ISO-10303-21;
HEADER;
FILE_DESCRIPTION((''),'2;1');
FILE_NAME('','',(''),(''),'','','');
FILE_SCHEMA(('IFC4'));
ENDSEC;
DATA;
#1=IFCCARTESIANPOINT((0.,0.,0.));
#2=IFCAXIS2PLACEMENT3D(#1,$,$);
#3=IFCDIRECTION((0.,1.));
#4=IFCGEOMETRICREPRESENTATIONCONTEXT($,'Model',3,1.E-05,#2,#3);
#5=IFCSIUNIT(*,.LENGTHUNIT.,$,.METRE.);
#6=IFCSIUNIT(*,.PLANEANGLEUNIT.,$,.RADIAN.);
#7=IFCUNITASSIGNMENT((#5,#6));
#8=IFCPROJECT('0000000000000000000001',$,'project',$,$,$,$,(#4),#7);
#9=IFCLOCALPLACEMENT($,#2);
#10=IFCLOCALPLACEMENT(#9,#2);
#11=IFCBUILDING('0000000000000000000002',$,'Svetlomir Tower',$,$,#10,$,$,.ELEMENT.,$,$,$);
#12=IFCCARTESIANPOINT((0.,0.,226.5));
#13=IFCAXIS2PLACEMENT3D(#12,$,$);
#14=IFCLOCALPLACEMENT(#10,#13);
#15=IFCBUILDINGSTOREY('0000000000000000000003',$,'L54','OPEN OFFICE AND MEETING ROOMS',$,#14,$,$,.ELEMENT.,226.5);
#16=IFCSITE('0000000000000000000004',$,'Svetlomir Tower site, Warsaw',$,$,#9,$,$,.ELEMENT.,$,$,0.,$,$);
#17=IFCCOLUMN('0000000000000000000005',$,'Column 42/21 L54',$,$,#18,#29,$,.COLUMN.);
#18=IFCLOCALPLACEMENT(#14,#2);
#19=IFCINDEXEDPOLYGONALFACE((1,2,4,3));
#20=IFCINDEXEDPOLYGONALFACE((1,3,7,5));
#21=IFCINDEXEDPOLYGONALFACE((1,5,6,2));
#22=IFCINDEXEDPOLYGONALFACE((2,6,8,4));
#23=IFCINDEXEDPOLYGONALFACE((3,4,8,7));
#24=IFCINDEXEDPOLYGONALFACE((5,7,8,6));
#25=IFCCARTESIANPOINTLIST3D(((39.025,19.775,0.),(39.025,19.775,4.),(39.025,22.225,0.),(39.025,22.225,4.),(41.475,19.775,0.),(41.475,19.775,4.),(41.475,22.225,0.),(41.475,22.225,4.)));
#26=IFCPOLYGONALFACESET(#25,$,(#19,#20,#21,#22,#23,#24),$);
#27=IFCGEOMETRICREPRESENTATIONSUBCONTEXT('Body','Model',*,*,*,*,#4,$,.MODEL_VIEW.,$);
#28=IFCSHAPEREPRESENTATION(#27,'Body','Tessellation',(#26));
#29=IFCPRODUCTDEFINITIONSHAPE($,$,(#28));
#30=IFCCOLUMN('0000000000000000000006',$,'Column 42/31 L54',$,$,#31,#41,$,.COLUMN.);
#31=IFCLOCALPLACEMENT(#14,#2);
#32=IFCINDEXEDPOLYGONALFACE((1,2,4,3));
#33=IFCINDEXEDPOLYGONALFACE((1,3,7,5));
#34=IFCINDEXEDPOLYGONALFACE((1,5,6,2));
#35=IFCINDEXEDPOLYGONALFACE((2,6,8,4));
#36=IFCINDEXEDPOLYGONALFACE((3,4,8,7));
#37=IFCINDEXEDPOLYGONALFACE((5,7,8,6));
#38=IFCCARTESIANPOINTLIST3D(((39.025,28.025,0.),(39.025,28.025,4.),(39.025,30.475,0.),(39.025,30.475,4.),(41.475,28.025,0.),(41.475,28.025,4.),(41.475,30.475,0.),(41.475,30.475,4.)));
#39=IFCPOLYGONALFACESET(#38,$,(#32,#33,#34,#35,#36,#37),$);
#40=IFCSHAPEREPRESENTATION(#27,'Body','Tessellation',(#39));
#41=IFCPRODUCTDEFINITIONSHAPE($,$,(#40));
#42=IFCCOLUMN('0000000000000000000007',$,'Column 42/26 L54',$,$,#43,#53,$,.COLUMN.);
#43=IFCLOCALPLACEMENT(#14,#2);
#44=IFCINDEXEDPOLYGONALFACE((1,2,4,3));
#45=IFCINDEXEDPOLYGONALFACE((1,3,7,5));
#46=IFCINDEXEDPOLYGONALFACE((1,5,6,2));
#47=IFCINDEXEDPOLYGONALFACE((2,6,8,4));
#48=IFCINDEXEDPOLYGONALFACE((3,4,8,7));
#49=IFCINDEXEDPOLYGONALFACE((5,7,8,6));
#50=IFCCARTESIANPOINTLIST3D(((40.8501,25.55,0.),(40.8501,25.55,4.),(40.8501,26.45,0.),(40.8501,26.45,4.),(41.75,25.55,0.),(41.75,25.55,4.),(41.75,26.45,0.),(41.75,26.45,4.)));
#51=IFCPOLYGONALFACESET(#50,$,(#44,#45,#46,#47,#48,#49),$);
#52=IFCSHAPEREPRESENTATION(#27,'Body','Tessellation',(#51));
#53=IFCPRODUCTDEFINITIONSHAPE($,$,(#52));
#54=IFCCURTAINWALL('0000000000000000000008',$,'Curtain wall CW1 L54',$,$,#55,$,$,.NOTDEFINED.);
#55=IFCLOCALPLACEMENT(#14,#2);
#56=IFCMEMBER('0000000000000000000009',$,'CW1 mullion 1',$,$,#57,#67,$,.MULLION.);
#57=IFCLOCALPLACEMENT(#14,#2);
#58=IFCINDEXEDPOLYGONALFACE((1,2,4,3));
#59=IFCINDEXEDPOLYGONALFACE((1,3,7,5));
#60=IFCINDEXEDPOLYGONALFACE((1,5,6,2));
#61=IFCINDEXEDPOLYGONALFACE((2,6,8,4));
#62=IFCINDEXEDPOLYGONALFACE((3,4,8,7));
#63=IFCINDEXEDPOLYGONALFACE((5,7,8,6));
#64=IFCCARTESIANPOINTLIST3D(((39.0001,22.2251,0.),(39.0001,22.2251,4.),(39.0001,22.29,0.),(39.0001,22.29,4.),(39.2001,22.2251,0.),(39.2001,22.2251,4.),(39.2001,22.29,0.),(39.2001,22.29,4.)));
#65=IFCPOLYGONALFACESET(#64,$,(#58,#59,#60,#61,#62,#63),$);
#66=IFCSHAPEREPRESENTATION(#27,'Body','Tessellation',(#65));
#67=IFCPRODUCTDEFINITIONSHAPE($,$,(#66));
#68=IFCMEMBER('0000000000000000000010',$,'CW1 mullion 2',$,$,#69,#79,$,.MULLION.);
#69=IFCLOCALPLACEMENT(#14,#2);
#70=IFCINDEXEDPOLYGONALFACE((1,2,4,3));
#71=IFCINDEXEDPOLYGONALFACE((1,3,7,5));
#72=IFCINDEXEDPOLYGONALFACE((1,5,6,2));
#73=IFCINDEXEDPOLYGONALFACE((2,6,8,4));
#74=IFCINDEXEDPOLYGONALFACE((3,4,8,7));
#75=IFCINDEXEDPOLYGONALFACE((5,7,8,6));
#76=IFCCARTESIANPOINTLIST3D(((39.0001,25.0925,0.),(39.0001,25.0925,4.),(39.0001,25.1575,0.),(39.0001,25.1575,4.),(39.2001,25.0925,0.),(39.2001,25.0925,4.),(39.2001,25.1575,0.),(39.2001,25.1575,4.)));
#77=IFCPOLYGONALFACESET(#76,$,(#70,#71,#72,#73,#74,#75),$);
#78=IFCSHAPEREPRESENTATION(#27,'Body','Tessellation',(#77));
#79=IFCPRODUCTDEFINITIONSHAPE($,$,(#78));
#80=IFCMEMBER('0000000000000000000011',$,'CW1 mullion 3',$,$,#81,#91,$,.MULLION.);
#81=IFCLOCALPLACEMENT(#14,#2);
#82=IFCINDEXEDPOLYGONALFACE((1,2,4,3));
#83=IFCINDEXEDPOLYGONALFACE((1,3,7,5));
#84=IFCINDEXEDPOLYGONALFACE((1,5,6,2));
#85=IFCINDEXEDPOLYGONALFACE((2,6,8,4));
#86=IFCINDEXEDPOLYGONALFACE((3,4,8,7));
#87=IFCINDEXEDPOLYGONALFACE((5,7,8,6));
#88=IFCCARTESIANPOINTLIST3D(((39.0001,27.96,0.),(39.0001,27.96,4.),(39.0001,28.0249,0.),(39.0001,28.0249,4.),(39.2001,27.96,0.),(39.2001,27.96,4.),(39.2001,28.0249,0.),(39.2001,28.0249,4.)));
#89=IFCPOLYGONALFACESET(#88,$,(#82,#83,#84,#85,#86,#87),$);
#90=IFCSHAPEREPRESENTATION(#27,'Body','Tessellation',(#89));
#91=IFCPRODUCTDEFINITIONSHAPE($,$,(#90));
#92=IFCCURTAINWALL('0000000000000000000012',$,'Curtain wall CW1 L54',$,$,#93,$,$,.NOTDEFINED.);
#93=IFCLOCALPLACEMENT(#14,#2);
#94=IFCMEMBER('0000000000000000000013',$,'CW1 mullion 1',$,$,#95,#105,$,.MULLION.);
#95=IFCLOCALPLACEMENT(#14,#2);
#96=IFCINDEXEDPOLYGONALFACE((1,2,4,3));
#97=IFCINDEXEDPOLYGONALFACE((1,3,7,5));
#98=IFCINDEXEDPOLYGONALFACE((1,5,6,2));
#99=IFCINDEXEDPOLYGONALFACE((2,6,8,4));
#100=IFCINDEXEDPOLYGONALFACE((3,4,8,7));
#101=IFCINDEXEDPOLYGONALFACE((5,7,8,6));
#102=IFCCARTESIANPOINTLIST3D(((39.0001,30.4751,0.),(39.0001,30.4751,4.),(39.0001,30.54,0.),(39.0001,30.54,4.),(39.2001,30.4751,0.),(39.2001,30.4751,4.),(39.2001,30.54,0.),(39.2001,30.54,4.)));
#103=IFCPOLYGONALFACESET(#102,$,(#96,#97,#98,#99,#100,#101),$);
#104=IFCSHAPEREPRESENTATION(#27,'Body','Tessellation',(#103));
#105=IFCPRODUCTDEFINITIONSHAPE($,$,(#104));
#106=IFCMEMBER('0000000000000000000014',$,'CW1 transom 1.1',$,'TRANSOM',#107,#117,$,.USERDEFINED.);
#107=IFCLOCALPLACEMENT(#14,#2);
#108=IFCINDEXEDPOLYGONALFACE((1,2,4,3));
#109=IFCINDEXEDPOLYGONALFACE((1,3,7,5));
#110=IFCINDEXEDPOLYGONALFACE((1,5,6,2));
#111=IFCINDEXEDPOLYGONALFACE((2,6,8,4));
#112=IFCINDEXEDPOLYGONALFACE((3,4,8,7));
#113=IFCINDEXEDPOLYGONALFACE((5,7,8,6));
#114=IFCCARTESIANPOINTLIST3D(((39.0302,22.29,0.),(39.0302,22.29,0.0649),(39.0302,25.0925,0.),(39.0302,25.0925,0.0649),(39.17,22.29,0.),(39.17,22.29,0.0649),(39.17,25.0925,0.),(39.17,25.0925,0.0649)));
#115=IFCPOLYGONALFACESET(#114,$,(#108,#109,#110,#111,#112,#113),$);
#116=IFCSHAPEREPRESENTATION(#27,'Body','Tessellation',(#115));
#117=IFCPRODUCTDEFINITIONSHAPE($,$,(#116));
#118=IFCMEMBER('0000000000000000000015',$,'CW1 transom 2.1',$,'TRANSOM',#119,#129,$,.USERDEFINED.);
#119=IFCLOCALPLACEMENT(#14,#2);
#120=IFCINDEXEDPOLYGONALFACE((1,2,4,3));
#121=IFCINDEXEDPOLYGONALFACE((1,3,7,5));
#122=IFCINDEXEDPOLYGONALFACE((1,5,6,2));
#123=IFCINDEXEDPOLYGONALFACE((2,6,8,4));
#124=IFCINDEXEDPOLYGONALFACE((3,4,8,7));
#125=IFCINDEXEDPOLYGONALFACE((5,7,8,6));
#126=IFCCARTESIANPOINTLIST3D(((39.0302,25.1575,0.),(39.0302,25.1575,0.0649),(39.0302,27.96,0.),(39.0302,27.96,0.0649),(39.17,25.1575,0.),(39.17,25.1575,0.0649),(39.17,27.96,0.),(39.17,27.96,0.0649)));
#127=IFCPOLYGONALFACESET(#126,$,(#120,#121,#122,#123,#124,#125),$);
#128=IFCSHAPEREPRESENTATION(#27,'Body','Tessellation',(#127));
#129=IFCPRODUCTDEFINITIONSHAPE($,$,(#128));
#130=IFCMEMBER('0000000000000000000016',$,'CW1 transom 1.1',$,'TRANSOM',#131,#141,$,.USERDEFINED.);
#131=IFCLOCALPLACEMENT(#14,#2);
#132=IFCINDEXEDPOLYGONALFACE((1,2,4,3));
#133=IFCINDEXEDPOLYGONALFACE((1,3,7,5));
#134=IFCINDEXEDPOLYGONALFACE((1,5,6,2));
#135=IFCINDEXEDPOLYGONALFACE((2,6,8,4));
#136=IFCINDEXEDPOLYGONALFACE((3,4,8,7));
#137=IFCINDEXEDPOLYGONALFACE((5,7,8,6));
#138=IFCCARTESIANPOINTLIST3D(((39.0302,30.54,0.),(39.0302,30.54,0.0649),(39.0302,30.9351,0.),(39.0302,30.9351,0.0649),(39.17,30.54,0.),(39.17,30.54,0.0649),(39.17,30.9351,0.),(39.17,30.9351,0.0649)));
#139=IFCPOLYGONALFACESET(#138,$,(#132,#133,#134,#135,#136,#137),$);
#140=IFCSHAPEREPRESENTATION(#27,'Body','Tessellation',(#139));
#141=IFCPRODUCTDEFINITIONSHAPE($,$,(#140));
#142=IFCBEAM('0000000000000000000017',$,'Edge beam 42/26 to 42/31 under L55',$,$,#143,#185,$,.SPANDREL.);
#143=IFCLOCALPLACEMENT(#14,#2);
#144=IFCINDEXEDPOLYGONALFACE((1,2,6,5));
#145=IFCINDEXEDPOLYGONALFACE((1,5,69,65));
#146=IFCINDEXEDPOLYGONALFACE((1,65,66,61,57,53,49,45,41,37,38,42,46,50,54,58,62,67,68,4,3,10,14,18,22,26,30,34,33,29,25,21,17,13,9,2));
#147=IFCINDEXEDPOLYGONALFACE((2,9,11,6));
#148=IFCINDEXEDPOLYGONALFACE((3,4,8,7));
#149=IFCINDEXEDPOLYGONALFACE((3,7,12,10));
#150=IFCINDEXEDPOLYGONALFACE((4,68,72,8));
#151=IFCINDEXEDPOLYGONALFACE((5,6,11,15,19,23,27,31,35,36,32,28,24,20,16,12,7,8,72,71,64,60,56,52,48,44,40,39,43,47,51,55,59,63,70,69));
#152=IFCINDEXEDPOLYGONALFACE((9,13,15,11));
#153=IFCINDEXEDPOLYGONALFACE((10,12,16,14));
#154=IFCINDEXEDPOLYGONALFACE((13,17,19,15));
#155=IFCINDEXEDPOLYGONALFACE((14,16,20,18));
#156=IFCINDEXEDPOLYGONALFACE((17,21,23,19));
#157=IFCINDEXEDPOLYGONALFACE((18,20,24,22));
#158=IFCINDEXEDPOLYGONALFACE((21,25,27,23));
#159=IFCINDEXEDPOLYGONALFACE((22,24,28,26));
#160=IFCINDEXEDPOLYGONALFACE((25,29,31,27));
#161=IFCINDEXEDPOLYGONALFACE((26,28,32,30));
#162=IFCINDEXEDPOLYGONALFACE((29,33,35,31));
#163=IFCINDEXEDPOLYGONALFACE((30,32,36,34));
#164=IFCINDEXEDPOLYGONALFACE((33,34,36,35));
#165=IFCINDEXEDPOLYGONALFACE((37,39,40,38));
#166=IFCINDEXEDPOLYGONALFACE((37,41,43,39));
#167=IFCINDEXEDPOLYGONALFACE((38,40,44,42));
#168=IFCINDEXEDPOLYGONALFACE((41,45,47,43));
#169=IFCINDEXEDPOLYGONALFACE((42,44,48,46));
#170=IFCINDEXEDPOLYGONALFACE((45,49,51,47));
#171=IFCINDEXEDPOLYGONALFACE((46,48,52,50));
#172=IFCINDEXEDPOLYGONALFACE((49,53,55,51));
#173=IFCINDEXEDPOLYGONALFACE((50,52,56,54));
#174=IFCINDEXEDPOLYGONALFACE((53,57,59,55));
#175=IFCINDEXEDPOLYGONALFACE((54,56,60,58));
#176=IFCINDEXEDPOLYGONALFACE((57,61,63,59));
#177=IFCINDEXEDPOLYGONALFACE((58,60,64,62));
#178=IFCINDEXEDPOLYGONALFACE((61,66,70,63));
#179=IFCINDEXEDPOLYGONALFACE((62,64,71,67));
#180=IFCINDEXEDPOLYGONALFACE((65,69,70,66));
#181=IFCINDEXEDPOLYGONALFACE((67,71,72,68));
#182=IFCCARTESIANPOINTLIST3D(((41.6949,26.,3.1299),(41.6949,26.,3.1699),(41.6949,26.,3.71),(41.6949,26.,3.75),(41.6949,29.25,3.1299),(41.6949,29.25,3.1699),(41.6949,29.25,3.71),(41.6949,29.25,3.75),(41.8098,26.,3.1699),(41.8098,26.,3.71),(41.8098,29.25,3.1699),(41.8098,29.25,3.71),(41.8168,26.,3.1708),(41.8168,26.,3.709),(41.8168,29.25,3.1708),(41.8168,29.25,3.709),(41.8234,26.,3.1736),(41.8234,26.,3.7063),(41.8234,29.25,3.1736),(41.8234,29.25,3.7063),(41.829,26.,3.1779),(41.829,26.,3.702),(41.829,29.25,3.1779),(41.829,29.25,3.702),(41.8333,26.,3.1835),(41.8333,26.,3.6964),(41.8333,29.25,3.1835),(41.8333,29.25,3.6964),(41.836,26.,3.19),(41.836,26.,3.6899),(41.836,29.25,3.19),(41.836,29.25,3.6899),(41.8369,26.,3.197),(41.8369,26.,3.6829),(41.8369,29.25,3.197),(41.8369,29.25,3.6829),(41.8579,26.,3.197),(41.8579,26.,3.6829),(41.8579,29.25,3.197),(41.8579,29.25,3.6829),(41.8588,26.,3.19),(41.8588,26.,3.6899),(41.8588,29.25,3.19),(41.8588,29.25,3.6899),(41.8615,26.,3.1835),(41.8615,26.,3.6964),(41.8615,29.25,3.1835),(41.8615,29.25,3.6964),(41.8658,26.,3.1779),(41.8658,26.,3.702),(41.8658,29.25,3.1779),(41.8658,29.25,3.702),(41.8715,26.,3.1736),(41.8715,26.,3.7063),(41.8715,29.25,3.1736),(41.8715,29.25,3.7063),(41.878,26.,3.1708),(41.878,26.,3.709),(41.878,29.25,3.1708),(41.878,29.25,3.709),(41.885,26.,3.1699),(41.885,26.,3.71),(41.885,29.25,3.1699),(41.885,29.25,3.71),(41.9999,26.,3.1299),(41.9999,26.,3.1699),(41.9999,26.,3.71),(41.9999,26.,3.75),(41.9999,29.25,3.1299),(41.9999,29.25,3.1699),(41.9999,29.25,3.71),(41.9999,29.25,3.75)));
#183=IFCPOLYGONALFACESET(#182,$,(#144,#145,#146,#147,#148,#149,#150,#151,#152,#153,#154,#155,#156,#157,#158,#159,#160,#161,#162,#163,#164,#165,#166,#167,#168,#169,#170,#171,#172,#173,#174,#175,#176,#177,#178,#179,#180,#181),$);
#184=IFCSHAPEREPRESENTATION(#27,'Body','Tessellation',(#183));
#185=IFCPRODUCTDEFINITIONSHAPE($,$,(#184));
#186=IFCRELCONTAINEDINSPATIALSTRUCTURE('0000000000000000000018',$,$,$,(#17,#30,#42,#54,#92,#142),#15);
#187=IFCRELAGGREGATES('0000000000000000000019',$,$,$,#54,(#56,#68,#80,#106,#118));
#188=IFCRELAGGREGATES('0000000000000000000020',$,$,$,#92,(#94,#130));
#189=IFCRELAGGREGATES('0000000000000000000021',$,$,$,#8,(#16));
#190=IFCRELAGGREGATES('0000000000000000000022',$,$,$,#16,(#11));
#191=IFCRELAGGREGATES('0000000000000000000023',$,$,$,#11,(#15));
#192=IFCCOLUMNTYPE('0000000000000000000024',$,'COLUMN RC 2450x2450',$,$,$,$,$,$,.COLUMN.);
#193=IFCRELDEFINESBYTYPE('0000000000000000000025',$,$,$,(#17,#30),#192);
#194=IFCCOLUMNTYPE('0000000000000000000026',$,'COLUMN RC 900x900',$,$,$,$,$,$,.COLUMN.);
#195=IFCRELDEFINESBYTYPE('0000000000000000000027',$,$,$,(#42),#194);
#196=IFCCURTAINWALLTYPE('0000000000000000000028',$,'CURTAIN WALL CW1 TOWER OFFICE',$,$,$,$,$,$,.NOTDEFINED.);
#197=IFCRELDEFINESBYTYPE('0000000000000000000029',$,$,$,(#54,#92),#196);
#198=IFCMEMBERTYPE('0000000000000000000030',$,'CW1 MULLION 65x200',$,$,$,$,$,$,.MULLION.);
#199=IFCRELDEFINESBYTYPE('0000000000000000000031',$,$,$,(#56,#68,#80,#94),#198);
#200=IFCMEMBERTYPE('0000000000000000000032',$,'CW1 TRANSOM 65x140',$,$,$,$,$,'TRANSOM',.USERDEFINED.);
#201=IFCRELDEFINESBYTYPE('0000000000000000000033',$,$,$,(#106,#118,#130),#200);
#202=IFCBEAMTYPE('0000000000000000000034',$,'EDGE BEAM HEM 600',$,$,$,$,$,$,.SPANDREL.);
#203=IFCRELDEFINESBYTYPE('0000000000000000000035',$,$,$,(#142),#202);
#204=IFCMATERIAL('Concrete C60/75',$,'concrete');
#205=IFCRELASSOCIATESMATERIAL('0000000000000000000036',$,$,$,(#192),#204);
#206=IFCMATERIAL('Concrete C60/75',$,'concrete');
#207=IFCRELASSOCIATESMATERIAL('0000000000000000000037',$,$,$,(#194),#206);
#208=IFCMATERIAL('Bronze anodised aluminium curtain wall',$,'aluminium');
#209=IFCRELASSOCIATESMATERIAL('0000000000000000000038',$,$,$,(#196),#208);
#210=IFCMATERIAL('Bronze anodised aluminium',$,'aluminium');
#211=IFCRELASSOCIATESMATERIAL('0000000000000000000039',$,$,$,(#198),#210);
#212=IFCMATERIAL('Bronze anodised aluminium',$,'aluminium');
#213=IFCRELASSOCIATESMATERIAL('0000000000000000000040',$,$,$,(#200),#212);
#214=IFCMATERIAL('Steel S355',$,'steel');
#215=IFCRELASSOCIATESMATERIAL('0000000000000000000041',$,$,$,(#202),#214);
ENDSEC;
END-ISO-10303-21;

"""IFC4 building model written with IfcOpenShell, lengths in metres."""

from ifc_helpers import new_model, si_unit, direction, frame, origin, origin_2d, place, context, subcontext, project, spatial, rectangle, i_section, extrude, material, material_profile, profile_set, type_object, element, aggregate, save


model = new_model("IFC4")

# Units and contexts
model_context = context("Model", 3, precision=1e-05, world=origin(), true_north=direction((0.0, 1.0)))
body_context = subcontext(model_context, "Body", "Model", "MODEL_VIEW")
ifc_project = project(units=[si_unit("LENGTHUNIT", "METRE"), si_unit("PLANEANGLEUNIT", "RADIAN")], contexts=[model_context])

# Site, building, storey
site_placement = place(None, origin())
site = spatial("IfcSite", under=ifc_project, at=site_placement, Name="Svetlomir Tower site, Warsaw", CompositionType="ELEMENT", RefElevation=0.0)
building_placement = place(site_placement, origin())
building = spatial("IfcBuilding", under=site, at=building_placement, Name="Svetlomir Tower", CompositionType="ELEMENT")
storey_placement = place(building_placement, frame((0.0, 0.0, 226.5)))
storey = spatial("IfcBuildingStorey", under=building, at=storey_placement, Name="L54", Description="OPEN OFFICE AND MEETING ROOMS", CompositionType="ELEMENT", Elevation=226.5)

# Columns
ifc_material_1 = material(Name="Concrete C60/75", Category="concrete")
ifc_material_profile_1 = material_profile(ifc_material_1, rectangle(XDim=2.45, YDim=2.45, at=origin_2d()), Name="RC 2450x2450")
ifc_profile_set_1 = profile_set([ifc_material_profile_1], Name="Concrete C60/75")
column_type_1 = type_object("IfcColumnType", Name="COLUMN RC 2450x2450", PredefinedType="COLUMN", material=ifc_profile_set_1)
for number, where, z_axis, x_axis, name in (
    (1, (40.25, 21.0, 0.0), (0.0, 0.0, 1.0), (1.0, 0.0, 0.0), "Column 42/21 L54"),
    (2, (40.25, 29.25, 0.0), (0.0, 0.0, 1.0), (1.0, 0.0, 0.0), "Column 42/31 L54"),
):
    element("IfcColumn", number, at=place(storey_placement, frame(where, z_axis=z_axis, x_axis=x_axis)), inside=storey, type_object=column_type_1, Name=name, PredefinedType="COLUMN", context=body_context, shape_type="SweptSolid", body=[
        extrude(rectangle(XDim=2.45, YDim=2.45, at=origin_2d()), origin(), (0.0, 0.0, 1.0), 4.0),
    ])
ifc_material_2 = material(Name="Concrete C60/75", Category="concrete")
ifc_material_profile_2 = material_profile(ifc_material_2, rectangle(XDim=0.8999, YDim=0.8999, at=origin_2d()), Name="RC 900x900")
ifc_profile_set_2 = profile_set([ifc_material_profile_2], Name="Concrete C60/75")
column_type_2 = type_object("IfcColumnType", Name="COLUMN RC 900x900", PredefinedType="COLUMN", material=ifc_profile_set_2)
column_placement = place(storey_placement, frame((41.3, 26.0, 0.0), z_axis=(0.0, 0.0, 1.0), x_axis=(1.0, 0.0, 0.0)))
element("IfcColumn", 3, at=column_placement, inside=storey, type_object=column_type_2, Name="Column 42/26 L54", PredefinedType="COLUMN", context=body_context, shape_type="SweptSolid", body=[
    extrude(rectangle(XDim=0.8999, YDim=0.8999, at=origin_2d()), origin(), (0.0, 0.0, 1.0), 4.0),
])

# Curtain wall, members
ifc_material_3 = material(Name="Bronze anodised aluminium curtain wall", Category="aluminium")
curtain_wall_type = type_object("IfcCurtainWallType", Name="CURTAIN WALL CW1 TOWER OFFICE", PredefinedType="NOTDEFINED", material=ifc_material_3)
curtain_wall_1_placement = place(storey_placement, origin())
curtain_wall_1 = element("IfcCurtainWall", 4, at=curtain_wall_1_placement, inside=storey, type_object=curtain_wall_type, Name="Curtain wall CW1 L54", PredefinedType="NOTDEFINED")
ifc_material_4 = material(Name="Bronze anodised aluminium", Category="aluminium")
ifc_material_profile_3 = material_profile(ifc_material_4, rectangle(XDim=0.0649, YDim=0.2, at=origin_2d()), Name="AL 65x200")
ifc_profile_set_3 = profile_set([ifc_material_profile_3], Name="Bronze anodised aluminium 6063-T6")
member_type_1 = type_object("IfcMemberType", Name="CW1 MULLION 65x200", PredefinedType="MULLION", material=ifc_profile_set_3)
member_1_placement = place(storey_placement, frame((39.1001, 22.2576, 0.0), z_axis=(0.0, 0.0, 1.0), x_axis=(0.0, 1.0, 0.0)))
member_1 = element("IfcMember", 5, at=member_1_placement, type_object=member_type_1, Name="CW1 mullion 1", PredefinedType="MULLION", context=body_context, shape_type="SweptSolid", body=[
    extrude(rectangle(XDim=0.0649, YDim=0.2, at=origin_2d()), origin(), (0.0, 0.0, 1.0), 4.0),
])
member_2_placement = place(storey_placement, frame((39.1001, 25.125, 0.0), z_axis=(0.0, 0.0, 1.0), x_axis=(0.0, 1.0, 0.0)))
member_2 = element("IfcMember", 6, at=member_2_placement, type_object=member_type_1, Name="CW1 mullion 2", PredefinedType="MULLION", context=body_context, shape_type="SweptSolid", body=[
    extrude(rectangle(XDim=0.0649, YDim=0.2, at=origin_2d()), origin(), (0.0, 0.0, 1.0), 4.0),
])
member_3_placement = place(storey_placement, frame((39.1001, 27.9924, 0.0), z_axis=(0.0, 0.0, 1.0), x_axis=(0.0, 1.0, 0.0)))
member_3 = element("IfcMember", 7, at=member_3_placement, type_object=member_type_1, Name="CW1 mullion 3", PredefinedType="MULLION", context=body_context, shape_type="SweptSolid", body=[
    extrude(rectangle(XDim=0.0649, YDim=0.2, at=origin_2d()), origin(), (0.0, 0.0, 1.0), 4.0),
])

# Curtain wall, member
curtain_wall_2_placement = place(storey_placement, origin())
curtain_wall_2 = element("IfcCurtainWall", 8, at=curtain_wall_2_placement, inside=storey, type_object=curtain_wall_type, Name="Curtain wall CW1 L54", PredefinedType="NOTDEFINED")
member_4_placement = place(storey_placement, frame((39.1001, 30.5076, 0.0), z_axis=(0.0, 0.0, 1.0), x_axis=(0.0, 1.0, 0.0)))
member_4 = element("IfcMember", 9, at=member_4_placement, type_object=member_type_1, Name="CW1 mullion 1", PredefinedType="MULLION", context=body_context, shape_type="SweptSolid", body=[
    extrude(rectangle(XDim=0.0649, YDim=0.2, at=origin_2d()), origin(), (0.0, 0.0, 1.0), 4.0),
])

# Members
ifc_material_5 = material(Name="Bronze anodised aluminium", Category="aluminium")
ifc_material_profile_4 = material_profile(ifc_material_5, rectangle(XDim=0.1399, YDim=0.0649, at=origin_2d()), Name="AL 140x65")
ifc_profile_set_4 = profile_set([ifc_material_profile_4], Name="Bronze anodised aluminium 6063-T6")
member_type_2 = type_object("IfcMemberType", Name="CW1 TRANSOM 65x140", ElementType="TRANSOM", PredefinedType="USERDEFINED", material=ifc_profile_set_4)
member_5_placement = place(storey_placement, frame((39.1001, 22.29, 0.0325), z_axis=(0.0, 1.0, 0.0), x_axis=(-1.0, 0.0, 0.0)))
member_5 = element("IfcMember", 10, at=member_5_placement, type_object=member_type_2, Name="CW1 transom 1.1", ObjectType="TRANSOM", PredefinedType="USERDEFINED", context=body_context, shape_type="SweptSolid", body=[
    extrude(rectangle(XDim=0.1399, YDim=0.0649, at=origin_2d()), origin(), (0.0, 0.0, 1.0), 2.8025),
])
member_6_placement = place(storey_placement, frame((39.1001, 25.1575, 0.0325), z_axis=(0.0, 1.0, 0.0), x_axis=(-1.0, 0.0, 0.0)))
member_6 = element("IfcMember", 11, at=member_6_placement, type_object=member_type_2, Name="CW1 transom 2.1", ObjectType="TRANSOM", PredefinedType="USERDEFINED", context=body_context, shape_type="SweptSolid", body=[
    extrude(rectangle(XDim=0.1399, YDim=0.0649, at=origin_2d()), origin(), (0.0, 0.0, 1.0), 2.8025),
])
member_7_placement = place(storey_placement, frame((39.1001, 30.54, 0.0325), z_axis=(0.0, 1.0, 0.0), x_axis=(-1.0, 0.0, 0.0)))
member_7 = element("IfcMember", 12, at=member_7_placement, type_object=member_type_2, Name="CW1 transom 1.1", ObjectType="TRANSOM", PredefinedType="USERDEFINED", context=body_context, shape_type="SweptSolid", body=[
    extrude(rectangle(XDim=0.1399, YDim=0.0649, at=origin_2d()), origin(), (0.0, 0.0, 1.0), 0.395),
])

# Beam
ifc_material_6 = material(Name="Steel S355", Category="steel")
ifc_material_profile_5 = material_profile(ifc_material_6, i_section(OverallWidth=0.3049, OverallDepth=0.6201, WebThickness=0.021, FlangeThickness=0.04, FilletRadius=0.0271, at=origin_2d()), Name="HEM 600")
ifc_profile_set_5 = profile_set([ifc_material_profile_5], Name="Steel S355")
beam_type_1 = type_object("IfcBeamType", Name="EDGE BEAM HEM 600", PredefinedType="SPANDREL", material=ifc_profile_set_5)
beam_1_placement = place(storey_placement, frame((41.8474, 26.0, 3.4399), z_axis=(0.0, 1.0, 0.0), x_axis=(-1.0, 0.0, 0.0)))
element("IfcBeam", 13, at=beam_1_placement, inside=storey, type_object=beam_type_1, Name="Edge beam 42/26 to 42/31 under L55", PredefinedType="SPANDREL", context=body_context, shape_type="SweptSolid", body=[
    extrude(i_section(OverallWidth=0.3049, OverallDepth=0.6201, WebThickness=0.021, FlangeThickness=0.04, FilletRadius=0.0271, at=origin_2d()), origin(), (0.0, 0.0, 1.0), 3.25),
])

aggregate(curtain_wall_1, [member_1, member_2, member_3, member_5, member_6])
aggregate(curtain_wall_2, [member_4, member_7])

save(model, "model.ifc")
